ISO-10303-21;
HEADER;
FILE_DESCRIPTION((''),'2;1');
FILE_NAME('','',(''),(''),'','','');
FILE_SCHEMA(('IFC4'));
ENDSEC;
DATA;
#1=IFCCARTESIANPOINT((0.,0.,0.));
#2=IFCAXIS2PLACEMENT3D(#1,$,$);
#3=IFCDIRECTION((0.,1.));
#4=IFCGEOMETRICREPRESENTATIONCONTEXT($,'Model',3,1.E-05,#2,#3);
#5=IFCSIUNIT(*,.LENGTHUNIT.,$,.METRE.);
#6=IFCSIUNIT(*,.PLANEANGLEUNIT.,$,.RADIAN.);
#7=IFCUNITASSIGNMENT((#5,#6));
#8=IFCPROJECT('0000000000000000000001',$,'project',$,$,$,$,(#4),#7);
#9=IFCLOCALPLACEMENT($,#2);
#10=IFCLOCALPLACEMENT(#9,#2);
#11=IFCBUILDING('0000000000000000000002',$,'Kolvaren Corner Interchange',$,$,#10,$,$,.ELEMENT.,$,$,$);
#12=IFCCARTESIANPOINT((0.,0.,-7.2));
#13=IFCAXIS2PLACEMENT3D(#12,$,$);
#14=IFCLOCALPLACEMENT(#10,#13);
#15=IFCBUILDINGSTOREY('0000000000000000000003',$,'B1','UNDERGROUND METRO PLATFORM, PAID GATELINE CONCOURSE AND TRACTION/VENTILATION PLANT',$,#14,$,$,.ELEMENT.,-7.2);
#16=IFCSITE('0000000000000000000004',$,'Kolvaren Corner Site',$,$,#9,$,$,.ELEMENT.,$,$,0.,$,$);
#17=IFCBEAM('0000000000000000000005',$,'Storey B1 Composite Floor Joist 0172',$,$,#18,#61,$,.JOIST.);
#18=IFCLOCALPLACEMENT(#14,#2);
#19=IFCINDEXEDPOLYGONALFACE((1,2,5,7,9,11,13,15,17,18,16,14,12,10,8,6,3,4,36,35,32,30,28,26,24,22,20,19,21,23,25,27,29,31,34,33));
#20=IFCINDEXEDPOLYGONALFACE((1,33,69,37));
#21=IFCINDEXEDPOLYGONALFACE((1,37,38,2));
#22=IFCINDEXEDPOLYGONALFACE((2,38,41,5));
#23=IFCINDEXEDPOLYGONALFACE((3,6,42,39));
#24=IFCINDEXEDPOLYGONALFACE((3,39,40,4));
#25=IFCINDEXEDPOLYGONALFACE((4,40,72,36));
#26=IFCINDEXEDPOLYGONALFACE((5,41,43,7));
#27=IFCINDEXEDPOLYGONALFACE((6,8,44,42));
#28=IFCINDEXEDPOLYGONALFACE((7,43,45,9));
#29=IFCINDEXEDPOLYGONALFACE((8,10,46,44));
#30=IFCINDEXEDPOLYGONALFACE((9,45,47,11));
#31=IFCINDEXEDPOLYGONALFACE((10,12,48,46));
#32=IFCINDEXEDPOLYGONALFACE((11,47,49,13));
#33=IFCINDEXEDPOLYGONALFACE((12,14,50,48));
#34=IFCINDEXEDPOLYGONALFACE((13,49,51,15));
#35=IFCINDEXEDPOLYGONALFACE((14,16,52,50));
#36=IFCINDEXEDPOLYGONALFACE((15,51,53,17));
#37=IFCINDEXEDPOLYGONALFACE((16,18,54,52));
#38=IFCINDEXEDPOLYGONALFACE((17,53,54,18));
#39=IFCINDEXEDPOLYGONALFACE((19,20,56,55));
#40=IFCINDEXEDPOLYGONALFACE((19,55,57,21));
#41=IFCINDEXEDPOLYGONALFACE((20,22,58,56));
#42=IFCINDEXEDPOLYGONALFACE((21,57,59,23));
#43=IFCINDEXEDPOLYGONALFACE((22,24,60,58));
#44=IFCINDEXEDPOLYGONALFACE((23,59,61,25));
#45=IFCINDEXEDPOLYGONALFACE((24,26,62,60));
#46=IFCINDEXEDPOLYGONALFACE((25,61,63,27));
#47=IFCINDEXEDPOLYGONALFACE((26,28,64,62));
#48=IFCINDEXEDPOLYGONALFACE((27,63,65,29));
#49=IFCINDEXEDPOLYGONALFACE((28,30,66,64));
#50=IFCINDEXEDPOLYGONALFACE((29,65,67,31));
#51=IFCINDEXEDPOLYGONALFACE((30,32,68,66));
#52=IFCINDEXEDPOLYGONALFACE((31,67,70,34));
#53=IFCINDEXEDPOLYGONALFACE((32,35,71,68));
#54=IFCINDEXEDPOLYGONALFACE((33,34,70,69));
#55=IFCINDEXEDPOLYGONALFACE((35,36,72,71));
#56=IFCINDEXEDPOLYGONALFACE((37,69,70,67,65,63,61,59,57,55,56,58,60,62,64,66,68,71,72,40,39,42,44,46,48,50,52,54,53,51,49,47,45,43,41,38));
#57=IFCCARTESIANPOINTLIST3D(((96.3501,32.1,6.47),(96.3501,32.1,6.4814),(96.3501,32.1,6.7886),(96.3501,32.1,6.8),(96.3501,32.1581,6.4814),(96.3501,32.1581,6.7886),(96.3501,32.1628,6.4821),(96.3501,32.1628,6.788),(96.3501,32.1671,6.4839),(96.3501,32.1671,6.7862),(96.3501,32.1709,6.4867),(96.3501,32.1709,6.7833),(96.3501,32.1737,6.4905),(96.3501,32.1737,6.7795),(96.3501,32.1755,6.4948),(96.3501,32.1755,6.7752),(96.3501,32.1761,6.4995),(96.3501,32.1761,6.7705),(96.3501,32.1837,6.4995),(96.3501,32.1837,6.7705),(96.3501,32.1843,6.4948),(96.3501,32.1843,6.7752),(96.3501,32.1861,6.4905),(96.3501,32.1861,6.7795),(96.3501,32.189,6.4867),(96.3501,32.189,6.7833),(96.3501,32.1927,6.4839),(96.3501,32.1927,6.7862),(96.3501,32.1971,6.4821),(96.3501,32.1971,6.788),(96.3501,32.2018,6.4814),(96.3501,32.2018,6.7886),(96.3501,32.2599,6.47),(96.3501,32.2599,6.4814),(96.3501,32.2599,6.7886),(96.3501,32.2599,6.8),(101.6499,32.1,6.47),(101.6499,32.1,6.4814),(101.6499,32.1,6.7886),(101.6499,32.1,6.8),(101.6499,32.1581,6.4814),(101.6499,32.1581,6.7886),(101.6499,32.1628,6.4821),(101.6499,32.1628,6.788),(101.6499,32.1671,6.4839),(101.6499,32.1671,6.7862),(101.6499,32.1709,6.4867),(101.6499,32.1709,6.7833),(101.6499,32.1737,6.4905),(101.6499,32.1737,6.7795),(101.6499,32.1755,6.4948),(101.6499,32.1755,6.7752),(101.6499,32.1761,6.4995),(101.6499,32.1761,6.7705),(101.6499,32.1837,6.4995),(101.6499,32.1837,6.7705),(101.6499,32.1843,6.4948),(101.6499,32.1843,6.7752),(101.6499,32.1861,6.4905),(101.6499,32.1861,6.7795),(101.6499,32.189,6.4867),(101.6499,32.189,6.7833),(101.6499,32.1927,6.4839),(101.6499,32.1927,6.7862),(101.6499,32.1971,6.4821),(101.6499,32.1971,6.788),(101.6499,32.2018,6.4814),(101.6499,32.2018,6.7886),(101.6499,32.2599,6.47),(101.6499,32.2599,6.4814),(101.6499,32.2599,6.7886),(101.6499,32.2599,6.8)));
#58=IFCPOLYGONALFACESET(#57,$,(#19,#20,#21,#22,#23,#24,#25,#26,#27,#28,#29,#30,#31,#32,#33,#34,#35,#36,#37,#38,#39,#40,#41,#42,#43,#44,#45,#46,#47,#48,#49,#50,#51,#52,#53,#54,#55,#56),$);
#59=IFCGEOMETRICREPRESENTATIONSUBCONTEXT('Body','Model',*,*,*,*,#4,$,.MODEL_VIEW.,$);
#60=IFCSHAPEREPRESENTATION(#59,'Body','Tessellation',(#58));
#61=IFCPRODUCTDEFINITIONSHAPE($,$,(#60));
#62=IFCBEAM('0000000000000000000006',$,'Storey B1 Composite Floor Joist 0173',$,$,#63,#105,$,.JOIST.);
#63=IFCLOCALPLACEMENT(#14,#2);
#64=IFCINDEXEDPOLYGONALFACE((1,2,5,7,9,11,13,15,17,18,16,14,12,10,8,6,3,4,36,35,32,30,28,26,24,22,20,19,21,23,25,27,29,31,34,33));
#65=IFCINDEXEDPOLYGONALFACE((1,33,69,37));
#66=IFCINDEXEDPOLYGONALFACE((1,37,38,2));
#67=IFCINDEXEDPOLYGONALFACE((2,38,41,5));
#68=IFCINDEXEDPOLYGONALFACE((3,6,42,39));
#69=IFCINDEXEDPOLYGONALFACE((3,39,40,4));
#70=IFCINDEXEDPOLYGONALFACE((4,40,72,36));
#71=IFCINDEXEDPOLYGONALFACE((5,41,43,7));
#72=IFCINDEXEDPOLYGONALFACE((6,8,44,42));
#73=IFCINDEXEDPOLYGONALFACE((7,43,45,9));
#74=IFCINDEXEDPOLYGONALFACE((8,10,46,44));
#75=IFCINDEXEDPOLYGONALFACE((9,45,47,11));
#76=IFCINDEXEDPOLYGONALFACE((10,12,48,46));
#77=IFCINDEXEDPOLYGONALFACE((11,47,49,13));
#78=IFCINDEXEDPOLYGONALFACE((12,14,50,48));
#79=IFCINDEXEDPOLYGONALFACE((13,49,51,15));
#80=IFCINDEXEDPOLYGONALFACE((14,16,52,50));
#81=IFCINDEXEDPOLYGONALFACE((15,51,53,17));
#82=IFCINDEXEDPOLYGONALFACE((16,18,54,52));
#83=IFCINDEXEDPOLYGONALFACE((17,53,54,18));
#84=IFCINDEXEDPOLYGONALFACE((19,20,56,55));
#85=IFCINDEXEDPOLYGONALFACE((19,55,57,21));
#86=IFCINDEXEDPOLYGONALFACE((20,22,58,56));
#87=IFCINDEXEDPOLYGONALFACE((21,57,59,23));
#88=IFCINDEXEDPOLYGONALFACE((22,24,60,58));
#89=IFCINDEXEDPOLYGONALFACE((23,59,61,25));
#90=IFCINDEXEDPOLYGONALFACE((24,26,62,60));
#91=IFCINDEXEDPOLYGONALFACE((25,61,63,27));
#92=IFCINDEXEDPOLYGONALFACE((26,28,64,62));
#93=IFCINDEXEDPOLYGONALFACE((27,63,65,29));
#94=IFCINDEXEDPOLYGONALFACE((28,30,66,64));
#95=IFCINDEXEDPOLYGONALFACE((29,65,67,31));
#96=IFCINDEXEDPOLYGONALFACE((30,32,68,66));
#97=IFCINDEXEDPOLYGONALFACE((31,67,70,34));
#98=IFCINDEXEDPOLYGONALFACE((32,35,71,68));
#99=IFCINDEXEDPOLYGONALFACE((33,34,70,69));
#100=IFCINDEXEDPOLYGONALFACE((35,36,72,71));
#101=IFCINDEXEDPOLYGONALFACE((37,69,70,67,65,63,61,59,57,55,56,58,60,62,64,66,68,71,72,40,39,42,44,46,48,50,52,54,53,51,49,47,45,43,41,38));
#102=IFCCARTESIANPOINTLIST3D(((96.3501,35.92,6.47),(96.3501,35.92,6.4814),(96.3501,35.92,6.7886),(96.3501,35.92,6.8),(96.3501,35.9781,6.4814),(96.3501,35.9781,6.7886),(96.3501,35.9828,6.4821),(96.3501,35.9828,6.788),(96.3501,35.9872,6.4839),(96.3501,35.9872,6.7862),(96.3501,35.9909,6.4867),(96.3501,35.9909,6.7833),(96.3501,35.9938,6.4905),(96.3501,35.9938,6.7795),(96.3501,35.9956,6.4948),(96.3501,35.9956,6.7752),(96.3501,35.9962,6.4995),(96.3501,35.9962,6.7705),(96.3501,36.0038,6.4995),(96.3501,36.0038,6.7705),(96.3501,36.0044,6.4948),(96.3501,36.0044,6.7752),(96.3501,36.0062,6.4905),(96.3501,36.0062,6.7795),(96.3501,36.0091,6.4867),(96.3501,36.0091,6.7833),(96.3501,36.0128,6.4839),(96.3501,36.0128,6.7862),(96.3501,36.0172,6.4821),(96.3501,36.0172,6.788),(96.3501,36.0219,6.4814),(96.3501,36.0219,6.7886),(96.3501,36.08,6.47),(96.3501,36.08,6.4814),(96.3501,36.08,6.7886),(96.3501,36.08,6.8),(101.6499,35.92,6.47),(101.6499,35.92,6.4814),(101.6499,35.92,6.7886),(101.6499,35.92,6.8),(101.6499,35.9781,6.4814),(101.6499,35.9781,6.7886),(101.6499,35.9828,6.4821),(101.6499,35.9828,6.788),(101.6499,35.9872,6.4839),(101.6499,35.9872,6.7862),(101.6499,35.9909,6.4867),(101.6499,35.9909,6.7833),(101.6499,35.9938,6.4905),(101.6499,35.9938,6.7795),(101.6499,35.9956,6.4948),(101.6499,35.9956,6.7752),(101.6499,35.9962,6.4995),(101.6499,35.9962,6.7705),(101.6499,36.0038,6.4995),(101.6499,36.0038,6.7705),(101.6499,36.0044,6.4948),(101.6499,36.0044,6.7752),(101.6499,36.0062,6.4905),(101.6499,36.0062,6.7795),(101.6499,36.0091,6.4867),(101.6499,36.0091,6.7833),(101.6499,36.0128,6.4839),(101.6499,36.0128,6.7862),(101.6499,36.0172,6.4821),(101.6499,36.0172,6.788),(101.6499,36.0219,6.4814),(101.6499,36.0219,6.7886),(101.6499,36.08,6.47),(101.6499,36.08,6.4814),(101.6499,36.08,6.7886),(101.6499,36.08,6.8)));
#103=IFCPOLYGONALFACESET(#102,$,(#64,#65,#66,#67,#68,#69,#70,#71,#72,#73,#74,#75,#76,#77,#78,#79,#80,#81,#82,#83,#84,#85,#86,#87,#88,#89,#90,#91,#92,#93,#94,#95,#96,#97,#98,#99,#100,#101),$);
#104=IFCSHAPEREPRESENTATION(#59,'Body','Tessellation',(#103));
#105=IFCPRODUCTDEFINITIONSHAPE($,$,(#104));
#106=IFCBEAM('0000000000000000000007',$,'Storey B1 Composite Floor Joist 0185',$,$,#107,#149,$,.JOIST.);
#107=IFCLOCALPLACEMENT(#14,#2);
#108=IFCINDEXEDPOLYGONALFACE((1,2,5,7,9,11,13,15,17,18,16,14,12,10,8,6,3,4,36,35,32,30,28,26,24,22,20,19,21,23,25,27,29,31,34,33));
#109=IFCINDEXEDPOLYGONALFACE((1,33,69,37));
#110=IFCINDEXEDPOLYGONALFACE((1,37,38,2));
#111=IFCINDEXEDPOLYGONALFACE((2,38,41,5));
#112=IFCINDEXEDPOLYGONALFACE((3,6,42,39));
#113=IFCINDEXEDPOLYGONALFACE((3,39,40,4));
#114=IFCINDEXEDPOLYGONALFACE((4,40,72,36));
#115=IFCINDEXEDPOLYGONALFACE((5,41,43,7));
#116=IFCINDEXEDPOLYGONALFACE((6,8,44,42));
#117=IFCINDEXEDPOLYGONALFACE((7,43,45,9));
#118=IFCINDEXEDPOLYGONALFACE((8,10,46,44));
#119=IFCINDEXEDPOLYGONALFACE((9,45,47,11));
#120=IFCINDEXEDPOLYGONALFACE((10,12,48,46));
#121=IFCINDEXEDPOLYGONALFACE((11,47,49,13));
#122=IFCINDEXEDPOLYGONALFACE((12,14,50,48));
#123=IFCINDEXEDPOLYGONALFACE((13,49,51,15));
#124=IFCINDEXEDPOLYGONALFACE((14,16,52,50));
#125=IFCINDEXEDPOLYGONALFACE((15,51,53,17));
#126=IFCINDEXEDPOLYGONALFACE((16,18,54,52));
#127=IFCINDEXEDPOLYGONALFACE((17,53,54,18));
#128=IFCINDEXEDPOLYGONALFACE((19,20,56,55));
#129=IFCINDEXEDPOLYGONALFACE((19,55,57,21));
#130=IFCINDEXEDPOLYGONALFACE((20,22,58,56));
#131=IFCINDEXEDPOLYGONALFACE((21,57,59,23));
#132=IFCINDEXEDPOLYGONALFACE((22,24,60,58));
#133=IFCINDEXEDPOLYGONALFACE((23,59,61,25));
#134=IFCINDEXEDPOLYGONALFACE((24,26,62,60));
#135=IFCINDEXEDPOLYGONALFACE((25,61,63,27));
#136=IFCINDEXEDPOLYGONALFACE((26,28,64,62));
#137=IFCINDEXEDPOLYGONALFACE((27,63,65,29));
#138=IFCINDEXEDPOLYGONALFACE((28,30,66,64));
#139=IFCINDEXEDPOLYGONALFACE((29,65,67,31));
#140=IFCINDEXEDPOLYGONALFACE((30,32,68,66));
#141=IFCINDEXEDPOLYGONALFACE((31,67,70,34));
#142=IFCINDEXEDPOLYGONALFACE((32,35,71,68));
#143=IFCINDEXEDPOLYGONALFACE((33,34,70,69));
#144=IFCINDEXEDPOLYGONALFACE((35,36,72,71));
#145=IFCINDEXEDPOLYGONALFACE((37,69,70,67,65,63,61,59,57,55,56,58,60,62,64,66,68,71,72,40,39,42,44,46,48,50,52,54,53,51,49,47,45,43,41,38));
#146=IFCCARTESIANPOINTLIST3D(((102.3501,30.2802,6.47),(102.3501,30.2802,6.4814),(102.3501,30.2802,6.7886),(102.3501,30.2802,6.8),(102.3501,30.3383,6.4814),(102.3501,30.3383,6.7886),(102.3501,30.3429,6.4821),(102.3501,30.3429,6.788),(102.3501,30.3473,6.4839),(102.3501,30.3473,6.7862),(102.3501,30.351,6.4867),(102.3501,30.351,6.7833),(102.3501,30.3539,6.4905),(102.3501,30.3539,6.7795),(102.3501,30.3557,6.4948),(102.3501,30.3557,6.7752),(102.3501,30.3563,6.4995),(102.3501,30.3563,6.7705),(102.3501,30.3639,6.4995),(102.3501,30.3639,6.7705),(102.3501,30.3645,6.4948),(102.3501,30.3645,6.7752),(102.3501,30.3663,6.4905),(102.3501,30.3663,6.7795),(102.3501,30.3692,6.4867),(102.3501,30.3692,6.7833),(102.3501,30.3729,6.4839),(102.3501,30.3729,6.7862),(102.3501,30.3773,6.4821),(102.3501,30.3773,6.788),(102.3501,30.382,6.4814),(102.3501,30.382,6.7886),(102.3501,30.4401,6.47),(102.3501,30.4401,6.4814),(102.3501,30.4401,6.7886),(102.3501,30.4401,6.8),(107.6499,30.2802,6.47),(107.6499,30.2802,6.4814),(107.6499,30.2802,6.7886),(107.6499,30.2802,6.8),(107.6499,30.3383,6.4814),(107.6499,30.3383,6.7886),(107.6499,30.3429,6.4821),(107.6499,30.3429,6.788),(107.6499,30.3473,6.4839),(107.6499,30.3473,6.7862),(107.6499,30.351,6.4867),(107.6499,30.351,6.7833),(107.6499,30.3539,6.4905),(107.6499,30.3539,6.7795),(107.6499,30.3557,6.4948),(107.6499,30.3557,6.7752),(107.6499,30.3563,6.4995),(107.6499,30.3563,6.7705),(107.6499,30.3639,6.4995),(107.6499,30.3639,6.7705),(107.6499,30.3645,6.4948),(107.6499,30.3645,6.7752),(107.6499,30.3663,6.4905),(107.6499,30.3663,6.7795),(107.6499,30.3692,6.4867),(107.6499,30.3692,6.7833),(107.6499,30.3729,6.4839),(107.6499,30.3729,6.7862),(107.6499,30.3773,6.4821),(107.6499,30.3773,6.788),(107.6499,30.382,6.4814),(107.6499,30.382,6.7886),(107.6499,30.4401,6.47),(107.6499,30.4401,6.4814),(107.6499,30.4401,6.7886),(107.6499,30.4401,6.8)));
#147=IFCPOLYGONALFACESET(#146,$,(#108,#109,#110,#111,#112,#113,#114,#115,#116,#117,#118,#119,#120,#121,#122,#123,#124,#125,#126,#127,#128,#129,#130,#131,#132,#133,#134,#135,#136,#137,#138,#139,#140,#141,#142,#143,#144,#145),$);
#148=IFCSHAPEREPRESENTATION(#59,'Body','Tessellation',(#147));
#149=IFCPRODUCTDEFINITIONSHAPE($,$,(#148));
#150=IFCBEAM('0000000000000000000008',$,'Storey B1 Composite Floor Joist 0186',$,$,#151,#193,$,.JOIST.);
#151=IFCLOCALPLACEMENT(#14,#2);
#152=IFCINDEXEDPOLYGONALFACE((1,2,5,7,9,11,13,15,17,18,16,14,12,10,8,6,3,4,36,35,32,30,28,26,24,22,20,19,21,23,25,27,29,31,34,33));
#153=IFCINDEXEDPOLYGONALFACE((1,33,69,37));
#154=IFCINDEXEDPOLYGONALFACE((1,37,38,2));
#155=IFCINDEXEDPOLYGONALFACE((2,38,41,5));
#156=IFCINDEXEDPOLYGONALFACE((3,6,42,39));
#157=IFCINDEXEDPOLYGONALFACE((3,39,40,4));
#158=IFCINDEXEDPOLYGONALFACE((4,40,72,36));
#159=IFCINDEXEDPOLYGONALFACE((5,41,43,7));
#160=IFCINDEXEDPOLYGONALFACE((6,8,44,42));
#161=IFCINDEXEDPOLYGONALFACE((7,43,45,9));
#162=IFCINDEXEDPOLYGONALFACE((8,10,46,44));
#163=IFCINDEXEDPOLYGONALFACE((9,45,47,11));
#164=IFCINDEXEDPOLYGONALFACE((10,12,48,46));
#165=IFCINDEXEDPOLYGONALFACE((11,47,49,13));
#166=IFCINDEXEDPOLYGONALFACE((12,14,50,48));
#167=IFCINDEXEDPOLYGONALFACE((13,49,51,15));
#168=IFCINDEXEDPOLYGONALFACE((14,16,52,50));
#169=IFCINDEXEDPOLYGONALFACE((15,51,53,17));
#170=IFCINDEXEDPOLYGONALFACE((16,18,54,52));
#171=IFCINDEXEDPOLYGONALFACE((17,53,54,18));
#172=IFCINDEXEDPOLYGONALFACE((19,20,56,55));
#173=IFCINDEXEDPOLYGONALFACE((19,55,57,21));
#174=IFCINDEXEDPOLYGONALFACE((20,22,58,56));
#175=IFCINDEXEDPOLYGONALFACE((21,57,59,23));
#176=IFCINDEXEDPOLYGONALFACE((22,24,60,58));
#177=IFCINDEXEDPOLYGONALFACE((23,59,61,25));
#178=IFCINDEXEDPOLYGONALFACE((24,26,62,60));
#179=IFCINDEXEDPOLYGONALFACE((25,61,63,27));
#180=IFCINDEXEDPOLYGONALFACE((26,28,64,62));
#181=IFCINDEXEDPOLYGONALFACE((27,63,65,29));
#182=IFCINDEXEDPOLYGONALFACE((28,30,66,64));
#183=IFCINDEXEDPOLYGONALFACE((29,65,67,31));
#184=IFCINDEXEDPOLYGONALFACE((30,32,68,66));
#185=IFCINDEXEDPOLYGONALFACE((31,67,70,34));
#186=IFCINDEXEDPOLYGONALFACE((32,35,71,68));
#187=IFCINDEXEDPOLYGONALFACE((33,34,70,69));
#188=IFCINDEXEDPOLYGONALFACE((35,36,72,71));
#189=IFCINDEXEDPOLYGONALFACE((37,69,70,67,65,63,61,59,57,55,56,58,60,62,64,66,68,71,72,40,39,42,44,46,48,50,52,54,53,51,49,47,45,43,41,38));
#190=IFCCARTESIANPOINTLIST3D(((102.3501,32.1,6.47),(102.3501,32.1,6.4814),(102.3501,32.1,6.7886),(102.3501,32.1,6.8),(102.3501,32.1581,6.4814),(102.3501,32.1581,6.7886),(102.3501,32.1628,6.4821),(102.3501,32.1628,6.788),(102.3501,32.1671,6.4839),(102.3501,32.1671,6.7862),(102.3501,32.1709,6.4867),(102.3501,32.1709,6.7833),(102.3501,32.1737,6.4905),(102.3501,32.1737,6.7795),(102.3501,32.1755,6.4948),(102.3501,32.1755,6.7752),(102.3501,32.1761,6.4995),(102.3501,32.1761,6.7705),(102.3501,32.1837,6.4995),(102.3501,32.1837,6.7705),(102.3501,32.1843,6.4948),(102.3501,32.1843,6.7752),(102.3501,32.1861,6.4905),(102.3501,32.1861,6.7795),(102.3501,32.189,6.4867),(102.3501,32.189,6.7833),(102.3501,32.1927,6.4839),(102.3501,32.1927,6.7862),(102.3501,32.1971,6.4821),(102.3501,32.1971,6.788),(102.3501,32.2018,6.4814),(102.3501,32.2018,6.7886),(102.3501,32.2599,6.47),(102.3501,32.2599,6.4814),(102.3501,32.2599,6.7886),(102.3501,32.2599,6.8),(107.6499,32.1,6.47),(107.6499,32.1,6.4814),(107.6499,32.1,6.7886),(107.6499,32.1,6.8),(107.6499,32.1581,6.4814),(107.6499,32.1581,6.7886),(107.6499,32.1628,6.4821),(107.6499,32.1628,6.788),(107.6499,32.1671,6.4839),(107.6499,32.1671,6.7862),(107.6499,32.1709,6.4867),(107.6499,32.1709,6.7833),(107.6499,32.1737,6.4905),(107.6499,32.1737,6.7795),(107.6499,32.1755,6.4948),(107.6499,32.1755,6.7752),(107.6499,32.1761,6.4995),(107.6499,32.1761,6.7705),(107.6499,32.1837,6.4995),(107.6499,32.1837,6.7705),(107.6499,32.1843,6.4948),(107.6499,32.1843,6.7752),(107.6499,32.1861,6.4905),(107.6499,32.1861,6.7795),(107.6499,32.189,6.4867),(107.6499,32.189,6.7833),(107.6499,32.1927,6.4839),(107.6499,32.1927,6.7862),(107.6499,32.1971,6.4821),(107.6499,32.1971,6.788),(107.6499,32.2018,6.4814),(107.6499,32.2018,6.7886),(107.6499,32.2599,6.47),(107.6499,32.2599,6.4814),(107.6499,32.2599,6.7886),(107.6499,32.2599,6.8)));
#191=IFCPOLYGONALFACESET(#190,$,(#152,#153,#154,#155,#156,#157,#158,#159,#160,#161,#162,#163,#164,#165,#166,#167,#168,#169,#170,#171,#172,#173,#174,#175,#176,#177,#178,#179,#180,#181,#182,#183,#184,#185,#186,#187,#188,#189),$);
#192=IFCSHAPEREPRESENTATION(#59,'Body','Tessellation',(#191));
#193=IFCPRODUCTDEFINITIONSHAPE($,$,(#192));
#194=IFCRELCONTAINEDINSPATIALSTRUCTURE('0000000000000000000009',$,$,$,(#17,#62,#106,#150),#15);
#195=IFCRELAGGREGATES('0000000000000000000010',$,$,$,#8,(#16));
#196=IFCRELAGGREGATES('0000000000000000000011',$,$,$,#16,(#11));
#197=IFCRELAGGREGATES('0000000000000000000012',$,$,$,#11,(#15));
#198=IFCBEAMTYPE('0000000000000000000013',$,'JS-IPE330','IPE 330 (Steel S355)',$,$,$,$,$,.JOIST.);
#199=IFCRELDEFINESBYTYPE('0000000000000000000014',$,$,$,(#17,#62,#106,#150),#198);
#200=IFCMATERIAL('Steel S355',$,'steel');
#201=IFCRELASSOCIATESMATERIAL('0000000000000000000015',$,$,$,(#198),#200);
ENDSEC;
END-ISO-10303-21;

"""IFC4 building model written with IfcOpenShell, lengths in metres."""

from ifc_helpers import new_model, si_unit, direction, frame, origin, origin_2d, place, context, subcontext, project, spatial, i_section, extrude, material, material_profile, profile_set, type_object, element, save


model = new_model("IFC4")

# Units and contexts
model_context = context("Model", 3, precision=1e-05, world=origin(), true_north=direction((0.0, 1.0)))
body_context = subcontext(model_context, "Body", "Model", "MODEL_VIEW")
ifc_project = project(units=[si_unit("LENGTHUNIT", "METRE"), si_unit("PLANEANGLEUNIT", "RADIAN")], contexts=[model_context])

# Site, building, storey
site_placement = place(None, origin())
site = spatial("IfcSite", under=ifc_project, at=site_placement, Name="Kolvaren Corner Site", CompositionType="ELEMENT", RefElevation=0.0)
building_placement = place(site_placement, origin())
building = spatial("IfcBuilding", under=site, at=building_placement, Name="Kolvaren Corner Interchange", CompositionType="ELEMENT")
storey_placement = place(building_placement, frame((0.0, 0.0, -7.2)))
storey = spatial("IfcBuildingStorey", under=building, at=storey_placement, Name="B1", Description="UNDERGROUND METRO PLATFORM, PAID GATELINE CONCOURSE AND TRACTION/VENTILATION PLANT", CompositionType="ELEMENT", Elevation=-7.2)

# Beams
ifc_material_1 = material(Name="Steel S355", Category="steel")
ifc_material_profile_1 = material_profile(ifc_material_1, i_section(OverallWidth=0.1599, OverallDepth=0.3301, WebThickness=0.0076, FlangeThickness=0.0115, FilletRadius=0.0181, at=origin_2d()), Name="IPE 330")
ifc_profile_set_1 = profile_set([ifc_material_profile_1], Name="Steel S355")
beam_type_1 = type_object("IfcBeamType", Name="JS-IPE330", Description="IPE 330 (Steel S355)", PredefinedType="JOIST", material=ifc_profile_set_1)
for number, where, z_axis, x_axis, name in (
    (1, (96.3501, 32.1799, 6.635), (1.0, 0.0, 0.0), (0.0, 1.0, 0.0), "Storey B1 Composite Floor Joist 0172"),
    (2, (96.3501, 36.0, 6.635), (1.0, 0.0, 0.0), (0.0, 1.0, 0.0), "Storey B1 Composite Floor Joist 0173"),
    (3, (102.3501, 30.3601, 6.635), (1.0, 0.0, 0.0), (0.0, 1.0, 0.0), "Storey B1 Composite Floor Joist 0185"),
    (4, (102.3501, 32.1799, 6.635), (1.0, 0.0, 0.0), (0.0, 1.0, 0.0), "Storey B1 Composite Floor Joist 0186"),
):
    element("IfcBeam", number, at=place(storey_placement, frame(where, z_axis=z_axis, x_axis=x_axis)), inside=storey, type_object=beam_type_1, Name=name, PredefinedType="JOIST", context=body_context, shape_type="SweptSolid", body=[
        extrude(i_section(OverallWidth=0.1599, OverallDepth=0.3301, WebThickness=0.0076, FlangeThickness=0.0115, FilletRadius=0.0181, at=origin_2d()), origin(), (0.0, 0.0, 1.0), 5.2998),
    ])

save(model, "model.ifc")
